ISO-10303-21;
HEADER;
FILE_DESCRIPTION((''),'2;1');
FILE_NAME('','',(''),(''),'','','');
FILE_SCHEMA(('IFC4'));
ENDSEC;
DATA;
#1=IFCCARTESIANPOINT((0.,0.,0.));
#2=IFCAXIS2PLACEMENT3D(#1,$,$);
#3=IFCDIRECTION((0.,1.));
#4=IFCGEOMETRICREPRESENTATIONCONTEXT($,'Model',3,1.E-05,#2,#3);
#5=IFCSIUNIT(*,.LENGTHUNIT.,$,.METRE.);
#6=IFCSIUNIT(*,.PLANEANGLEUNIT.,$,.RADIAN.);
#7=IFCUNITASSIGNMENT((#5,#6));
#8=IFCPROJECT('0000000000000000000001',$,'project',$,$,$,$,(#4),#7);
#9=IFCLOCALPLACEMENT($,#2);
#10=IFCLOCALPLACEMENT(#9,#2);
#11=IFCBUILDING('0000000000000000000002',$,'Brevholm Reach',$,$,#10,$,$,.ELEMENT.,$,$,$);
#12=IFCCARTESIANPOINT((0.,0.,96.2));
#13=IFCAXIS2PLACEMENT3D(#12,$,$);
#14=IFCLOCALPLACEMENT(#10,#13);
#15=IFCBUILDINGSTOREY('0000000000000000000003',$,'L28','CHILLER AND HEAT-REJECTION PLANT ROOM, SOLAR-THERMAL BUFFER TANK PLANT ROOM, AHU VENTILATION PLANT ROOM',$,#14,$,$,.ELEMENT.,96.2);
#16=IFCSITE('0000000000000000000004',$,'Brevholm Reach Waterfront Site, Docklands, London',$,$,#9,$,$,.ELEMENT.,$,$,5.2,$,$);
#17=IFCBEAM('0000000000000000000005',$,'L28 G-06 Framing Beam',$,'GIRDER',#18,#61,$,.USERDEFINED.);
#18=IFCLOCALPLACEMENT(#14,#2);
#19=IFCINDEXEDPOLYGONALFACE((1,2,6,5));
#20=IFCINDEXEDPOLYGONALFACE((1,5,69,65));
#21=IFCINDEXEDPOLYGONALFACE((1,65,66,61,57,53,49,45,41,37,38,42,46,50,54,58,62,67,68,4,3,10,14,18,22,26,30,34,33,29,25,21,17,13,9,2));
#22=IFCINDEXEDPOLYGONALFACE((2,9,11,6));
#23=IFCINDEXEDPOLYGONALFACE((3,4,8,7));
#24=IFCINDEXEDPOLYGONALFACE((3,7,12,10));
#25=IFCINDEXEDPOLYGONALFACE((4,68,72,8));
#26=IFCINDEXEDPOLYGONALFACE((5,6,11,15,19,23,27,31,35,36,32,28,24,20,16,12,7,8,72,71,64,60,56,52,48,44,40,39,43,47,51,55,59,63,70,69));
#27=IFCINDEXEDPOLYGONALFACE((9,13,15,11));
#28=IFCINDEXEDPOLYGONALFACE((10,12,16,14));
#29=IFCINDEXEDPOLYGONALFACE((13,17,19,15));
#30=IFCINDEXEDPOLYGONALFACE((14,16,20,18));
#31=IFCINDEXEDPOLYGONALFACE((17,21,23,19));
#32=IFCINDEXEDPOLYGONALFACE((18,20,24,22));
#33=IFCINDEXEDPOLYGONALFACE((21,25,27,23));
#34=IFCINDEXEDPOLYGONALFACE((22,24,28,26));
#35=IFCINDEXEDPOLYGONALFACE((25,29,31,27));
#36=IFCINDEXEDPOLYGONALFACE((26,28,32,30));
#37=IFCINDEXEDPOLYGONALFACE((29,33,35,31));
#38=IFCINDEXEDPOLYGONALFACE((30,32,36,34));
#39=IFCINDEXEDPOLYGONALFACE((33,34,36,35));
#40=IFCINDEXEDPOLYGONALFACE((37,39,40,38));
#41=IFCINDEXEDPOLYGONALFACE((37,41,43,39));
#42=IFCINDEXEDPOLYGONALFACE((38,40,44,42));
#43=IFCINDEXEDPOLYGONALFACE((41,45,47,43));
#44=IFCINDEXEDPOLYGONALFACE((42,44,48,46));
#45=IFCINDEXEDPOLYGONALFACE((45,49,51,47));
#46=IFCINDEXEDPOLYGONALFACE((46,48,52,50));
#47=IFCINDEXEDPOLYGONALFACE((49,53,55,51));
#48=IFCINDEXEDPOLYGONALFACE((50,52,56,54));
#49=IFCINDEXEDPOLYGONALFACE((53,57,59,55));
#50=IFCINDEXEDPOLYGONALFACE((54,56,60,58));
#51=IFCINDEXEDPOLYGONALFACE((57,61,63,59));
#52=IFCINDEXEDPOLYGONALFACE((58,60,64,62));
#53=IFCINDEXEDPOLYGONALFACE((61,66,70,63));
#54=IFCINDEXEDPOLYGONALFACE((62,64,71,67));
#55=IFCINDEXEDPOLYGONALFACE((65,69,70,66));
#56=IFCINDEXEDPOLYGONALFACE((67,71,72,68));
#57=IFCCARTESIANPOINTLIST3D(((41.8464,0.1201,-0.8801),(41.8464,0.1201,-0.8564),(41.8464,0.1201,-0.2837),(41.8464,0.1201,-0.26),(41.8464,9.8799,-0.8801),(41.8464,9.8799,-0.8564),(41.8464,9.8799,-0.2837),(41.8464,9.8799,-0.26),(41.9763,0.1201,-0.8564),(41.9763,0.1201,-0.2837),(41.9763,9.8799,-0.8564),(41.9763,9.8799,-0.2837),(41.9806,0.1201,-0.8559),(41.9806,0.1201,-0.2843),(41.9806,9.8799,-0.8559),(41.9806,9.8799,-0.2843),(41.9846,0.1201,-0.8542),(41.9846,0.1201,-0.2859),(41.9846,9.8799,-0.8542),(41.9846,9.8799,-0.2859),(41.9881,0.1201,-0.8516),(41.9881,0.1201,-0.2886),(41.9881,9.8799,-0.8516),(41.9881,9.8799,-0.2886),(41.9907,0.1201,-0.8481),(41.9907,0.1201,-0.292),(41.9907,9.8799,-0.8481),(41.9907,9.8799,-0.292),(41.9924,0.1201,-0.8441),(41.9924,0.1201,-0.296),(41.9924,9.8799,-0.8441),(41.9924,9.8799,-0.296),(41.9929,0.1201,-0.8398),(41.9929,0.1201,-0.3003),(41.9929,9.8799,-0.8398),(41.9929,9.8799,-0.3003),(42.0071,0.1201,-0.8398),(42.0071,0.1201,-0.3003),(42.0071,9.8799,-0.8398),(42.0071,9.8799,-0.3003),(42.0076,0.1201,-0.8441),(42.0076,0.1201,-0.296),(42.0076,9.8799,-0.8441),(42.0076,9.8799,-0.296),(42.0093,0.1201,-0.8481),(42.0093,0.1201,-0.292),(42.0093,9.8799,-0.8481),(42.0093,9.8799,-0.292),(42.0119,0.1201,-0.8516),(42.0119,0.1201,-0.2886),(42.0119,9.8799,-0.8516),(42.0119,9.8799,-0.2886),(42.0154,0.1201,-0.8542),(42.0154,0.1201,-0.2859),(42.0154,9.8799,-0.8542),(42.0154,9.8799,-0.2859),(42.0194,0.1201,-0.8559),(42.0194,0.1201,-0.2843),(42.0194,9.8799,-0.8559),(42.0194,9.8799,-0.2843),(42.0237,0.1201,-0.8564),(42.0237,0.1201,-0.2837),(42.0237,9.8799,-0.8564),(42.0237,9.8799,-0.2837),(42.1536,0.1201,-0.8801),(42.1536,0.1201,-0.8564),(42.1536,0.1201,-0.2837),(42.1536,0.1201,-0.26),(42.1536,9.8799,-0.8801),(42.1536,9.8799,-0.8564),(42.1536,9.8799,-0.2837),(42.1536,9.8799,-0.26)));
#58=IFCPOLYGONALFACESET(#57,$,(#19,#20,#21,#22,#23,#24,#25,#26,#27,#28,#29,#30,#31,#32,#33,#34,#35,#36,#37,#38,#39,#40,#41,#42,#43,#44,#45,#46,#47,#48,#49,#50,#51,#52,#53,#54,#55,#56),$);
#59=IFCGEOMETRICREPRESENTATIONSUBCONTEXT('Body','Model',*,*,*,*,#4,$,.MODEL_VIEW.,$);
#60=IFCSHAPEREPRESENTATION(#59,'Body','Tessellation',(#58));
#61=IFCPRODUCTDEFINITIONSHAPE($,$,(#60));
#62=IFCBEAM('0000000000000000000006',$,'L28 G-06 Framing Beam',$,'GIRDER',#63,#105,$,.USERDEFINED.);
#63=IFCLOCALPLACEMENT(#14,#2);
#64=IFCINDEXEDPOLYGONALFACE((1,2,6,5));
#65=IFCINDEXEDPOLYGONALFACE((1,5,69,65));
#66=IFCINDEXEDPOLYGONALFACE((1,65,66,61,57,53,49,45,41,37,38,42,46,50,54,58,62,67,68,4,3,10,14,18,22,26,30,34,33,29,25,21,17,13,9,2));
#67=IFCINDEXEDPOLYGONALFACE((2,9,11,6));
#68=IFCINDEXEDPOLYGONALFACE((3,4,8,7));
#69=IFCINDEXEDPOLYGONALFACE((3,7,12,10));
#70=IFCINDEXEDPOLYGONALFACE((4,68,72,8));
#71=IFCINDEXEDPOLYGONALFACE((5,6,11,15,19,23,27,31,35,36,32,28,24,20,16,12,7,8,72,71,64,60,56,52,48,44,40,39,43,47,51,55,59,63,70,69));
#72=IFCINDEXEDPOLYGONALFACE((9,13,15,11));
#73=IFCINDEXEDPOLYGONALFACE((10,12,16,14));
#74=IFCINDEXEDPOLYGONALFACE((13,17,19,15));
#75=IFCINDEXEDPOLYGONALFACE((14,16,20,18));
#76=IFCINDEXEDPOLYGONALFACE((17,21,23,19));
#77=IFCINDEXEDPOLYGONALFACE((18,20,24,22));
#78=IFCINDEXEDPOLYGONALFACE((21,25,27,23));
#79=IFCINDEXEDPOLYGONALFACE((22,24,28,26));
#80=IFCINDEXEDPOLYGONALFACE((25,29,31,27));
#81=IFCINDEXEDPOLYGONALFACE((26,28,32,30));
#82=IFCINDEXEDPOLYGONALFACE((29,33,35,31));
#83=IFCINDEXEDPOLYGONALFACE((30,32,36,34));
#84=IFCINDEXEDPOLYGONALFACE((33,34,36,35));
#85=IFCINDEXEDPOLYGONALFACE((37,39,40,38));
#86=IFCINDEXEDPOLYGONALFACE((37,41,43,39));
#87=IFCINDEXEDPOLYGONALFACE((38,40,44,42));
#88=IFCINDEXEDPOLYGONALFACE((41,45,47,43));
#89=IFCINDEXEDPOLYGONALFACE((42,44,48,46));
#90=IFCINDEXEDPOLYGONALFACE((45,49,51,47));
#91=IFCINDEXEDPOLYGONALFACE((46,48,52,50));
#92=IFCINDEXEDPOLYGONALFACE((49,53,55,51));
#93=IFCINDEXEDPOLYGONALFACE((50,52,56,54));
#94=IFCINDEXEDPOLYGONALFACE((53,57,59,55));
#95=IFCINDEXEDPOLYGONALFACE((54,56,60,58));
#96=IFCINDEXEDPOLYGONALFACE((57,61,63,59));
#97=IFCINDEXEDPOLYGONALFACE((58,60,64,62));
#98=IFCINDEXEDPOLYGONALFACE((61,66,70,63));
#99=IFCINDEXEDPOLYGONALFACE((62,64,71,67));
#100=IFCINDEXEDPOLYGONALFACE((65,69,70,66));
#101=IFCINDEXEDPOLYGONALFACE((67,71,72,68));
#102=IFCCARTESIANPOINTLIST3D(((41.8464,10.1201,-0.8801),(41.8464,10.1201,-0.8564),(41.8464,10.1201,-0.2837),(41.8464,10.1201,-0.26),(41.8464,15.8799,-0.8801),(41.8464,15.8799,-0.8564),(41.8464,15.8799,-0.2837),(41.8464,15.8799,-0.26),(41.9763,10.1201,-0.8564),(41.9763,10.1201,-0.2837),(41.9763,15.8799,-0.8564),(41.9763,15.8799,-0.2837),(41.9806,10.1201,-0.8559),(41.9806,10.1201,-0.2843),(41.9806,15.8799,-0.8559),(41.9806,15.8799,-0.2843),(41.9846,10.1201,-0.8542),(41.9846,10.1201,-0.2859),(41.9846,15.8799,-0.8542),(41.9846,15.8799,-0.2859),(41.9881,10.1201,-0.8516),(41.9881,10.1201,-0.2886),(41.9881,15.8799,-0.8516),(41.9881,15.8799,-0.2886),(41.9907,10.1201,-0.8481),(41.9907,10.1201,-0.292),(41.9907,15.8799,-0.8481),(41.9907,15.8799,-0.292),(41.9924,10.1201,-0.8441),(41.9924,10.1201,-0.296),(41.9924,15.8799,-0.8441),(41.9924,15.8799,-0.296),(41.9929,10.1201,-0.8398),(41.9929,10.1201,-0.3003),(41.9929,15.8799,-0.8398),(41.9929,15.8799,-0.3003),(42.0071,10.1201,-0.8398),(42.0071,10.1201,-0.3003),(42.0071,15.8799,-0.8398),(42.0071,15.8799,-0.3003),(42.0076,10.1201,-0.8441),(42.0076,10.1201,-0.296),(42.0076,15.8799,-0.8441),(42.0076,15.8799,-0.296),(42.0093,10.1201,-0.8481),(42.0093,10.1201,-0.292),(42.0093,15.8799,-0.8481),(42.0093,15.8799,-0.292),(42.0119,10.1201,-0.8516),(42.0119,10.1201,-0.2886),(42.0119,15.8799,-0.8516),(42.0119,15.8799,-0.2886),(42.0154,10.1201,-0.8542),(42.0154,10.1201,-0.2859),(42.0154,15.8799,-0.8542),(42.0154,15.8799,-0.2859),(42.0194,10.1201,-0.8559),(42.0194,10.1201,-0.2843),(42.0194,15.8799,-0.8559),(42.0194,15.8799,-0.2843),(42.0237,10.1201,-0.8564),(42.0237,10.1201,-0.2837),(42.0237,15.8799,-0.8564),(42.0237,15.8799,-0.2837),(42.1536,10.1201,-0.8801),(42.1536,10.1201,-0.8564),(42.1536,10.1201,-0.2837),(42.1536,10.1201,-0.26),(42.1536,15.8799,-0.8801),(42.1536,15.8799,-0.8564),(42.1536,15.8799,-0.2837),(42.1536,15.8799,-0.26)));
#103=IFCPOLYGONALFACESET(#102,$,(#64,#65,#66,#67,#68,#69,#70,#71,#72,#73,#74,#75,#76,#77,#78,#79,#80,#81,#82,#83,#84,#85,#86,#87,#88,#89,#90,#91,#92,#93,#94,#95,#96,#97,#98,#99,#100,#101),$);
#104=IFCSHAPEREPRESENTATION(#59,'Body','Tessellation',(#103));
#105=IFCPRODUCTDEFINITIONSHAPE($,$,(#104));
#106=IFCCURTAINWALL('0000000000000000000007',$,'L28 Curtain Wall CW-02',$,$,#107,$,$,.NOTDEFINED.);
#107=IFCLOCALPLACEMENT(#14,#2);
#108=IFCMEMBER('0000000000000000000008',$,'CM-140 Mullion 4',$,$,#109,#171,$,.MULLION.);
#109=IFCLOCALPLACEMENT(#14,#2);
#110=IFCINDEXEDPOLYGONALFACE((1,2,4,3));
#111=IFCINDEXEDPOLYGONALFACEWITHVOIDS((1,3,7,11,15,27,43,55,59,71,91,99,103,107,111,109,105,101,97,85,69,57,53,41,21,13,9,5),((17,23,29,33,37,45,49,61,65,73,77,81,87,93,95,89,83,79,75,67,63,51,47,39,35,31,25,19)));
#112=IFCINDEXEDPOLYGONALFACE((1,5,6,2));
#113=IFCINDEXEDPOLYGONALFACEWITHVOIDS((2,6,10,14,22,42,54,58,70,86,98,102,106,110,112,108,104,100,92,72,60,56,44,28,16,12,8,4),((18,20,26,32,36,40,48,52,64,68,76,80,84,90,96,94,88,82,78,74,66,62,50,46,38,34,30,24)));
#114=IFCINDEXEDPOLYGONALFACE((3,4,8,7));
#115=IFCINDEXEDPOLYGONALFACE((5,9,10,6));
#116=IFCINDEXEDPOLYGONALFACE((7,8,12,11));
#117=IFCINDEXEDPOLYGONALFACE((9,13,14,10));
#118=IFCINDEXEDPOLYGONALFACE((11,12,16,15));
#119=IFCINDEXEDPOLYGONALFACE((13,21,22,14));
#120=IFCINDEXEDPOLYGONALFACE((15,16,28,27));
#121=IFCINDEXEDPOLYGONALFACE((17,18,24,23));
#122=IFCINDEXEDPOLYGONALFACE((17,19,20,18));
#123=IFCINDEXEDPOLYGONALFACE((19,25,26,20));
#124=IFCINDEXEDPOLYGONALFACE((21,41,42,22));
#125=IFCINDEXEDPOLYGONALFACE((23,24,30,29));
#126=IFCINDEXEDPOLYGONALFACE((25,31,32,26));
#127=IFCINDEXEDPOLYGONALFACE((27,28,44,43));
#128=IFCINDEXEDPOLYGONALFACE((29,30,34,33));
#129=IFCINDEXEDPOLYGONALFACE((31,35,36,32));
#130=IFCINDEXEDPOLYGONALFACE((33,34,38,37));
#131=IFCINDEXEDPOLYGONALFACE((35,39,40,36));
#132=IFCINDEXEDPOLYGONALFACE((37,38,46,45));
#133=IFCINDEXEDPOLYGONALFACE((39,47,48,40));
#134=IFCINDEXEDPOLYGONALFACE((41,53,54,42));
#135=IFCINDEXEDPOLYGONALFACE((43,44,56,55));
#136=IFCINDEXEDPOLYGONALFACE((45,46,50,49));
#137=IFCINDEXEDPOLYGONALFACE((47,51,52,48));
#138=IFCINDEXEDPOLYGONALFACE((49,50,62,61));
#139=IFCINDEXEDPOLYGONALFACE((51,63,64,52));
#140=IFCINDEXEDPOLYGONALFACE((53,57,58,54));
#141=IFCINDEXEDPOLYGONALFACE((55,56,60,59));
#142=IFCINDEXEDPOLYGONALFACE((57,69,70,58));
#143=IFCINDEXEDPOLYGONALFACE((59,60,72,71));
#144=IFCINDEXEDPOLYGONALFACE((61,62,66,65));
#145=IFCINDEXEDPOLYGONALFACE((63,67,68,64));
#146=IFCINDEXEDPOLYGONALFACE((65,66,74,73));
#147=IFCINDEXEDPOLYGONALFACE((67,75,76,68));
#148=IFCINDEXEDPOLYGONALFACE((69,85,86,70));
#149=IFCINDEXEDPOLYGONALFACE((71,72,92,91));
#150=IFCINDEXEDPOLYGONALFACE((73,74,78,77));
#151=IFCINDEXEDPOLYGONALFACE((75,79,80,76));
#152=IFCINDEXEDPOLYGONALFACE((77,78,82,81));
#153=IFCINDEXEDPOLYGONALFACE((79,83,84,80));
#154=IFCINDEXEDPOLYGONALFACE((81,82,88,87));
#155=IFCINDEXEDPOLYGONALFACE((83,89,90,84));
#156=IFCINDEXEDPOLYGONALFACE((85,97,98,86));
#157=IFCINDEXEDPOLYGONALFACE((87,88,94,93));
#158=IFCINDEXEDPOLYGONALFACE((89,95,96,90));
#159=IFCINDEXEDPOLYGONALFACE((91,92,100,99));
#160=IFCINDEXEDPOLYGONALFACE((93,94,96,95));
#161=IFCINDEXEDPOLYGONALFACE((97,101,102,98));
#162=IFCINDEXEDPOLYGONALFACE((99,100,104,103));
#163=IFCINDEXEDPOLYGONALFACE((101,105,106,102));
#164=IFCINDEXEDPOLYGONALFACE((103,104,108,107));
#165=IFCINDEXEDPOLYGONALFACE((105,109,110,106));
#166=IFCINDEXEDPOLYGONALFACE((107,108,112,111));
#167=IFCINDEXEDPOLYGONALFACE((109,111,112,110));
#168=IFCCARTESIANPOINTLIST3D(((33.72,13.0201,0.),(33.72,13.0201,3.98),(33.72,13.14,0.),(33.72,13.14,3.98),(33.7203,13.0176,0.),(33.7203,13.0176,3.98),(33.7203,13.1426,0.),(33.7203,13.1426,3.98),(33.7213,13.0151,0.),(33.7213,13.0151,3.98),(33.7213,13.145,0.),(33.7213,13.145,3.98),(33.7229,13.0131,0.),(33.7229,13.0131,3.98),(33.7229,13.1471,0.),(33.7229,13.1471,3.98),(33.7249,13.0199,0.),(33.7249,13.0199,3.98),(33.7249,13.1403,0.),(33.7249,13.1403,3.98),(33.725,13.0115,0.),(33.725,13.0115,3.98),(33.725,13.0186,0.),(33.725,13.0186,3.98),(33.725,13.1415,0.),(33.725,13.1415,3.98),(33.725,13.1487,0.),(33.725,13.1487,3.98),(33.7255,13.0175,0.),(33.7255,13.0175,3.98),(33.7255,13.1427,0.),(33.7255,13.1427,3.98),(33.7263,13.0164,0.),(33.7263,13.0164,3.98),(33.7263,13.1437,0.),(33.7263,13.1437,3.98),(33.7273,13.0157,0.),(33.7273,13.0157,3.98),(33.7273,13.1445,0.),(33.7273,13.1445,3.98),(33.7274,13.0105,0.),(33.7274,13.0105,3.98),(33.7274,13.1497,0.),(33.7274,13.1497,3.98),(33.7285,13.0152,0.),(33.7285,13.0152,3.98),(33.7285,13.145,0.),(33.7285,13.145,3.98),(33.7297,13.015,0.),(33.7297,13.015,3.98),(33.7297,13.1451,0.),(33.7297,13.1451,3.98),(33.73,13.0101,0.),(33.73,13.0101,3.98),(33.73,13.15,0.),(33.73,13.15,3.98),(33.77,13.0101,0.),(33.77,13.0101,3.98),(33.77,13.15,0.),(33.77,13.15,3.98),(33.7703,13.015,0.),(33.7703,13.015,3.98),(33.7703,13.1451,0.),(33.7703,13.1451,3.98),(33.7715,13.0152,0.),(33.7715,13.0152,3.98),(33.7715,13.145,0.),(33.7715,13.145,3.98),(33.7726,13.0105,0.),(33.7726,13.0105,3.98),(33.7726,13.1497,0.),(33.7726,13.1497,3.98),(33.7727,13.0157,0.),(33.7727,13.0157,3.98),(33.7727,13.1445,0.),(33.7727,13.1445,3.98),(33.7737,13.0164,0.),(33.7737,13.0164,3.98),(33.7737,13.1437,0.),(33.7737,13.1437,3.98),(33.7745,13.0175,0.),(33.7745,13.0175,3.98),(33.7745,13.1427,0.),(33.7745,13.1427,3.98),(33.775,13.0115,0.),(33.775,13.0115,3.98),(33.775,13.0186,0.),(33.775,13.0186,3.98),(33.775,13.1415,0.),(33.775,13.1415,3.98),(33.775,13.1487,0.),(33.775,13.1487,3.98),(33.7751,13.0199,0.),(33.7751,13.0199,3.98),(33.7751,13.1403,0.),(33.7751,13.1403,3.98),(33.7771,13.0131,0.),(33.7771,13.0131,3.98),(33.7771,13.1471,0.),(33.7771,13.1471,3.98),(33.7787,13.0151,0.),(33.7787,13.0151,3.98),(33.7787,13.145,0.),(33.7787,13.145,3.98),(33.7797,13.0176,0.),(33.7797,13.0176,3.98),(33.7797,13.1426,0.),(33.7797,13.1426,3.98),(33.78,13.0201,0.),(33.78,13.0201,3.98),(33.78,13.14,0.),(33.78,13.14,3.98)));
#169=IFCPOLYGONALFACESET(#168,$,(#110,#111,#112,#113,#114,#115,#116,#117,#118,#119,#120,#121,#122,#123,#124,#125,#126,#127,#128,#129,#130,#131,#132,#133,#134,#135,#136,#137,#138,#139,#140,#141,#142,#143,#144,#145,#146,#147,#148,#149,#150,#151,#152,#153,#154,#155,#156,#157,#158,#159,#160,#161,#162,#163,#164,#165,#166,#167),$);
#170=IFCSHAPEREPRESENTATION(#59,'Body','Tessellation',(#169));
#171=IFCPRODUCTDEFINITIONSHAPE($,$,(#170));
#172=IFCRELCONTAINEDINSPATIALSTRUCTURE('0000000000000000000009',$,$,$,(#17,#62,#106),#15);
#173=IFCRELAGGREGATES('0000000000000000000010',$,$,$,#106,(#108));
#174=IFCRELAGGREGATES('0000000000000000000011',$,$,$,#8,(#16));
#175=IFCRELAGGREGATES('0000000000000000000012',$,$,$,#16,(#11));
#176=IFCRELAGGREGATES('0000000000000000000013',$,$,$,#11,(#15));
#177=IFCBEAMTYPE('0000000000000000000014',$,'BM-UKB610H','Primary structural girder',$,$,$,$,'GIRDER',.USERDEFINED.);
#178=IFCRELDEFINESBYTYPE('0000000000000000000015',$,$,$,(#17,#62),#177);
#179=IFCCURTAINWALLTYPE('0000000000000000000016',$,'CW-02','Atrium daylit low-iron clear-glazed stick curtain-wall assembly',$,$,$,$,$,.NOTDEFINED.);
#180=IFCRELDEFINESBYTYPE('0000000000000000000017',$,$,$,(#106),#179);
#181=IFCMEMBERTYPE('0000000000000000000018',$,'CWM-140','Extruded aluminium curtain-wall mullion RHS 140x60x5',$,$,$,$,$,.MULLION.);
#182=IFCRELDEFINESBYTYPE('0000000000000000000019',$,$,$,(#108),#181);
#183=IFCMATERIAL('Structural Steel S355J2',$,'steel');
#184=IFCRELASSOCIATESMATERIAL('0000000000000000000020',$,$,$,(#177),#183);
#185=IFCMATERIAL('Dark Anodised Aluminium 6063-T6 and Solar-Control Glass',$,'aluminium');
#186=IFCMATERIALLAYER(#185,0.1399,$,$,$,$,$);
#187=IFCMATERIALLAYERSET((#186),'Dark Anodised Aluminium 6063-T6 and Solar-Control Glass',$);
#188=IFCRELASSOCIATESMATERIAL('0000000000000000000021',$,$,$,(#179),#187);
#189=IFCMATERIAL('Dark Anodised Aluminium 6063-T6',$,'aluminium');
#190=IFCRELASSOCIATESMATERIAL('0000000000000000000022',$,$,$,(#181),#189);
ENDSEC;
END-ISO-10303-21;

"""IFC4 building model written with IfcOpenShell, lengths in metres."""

from ifc_helpers import new_model, si_unit, direction, frame, origin, origin_2d, place, context, subcontext, project, spatial, hollow_rectangle, i_section, extrude, material, layer, layer_set, material_profile, profile_set, type_object, element, aggregate, save


model = new_model("IFC4")

# Units and contexts
model_context = context("Model", 3, precision=1e-05, world=origin(), true_north=direction((0.0, 1.0)))
body_context = subcontext(model_context, "Body", "Model", "MODEL_VIEW")
ifc_project = project(units=[si_unit("LENGTHUNIT", "METRE"), si_unit("PLANEANGLEUNIT", "RADIAN")], contexts=[model_context])

# Site, building, storey
site_placement = place(None, origin())
site = spatial("IfcSite", under=ifc_project, at=site_placement, Name="Brevholm Reach Waterfront Site, Docklands, London", CompositionType="ELEMENT", RefElevation=5.2)
building_placement = place(site_placement, origin())
building = spatial("IfcBuilding", under=site, at=building_placement, Name="Brevholm Reach", CompositionType="ELEMENT")
storey_placement = place(building_placement, frame((0.0, 0.0, 96.2)))
storey = spatial("IfcBuildingStorey", under=building, at=storey_placement, Name="L28", Description="CHILLER AND HEAT-REJECTION PLANT ROOM, SOLAR-THERMAL BUFFER TANK PLANT ROOM, AHU VENTILATION PLANT ROOM", CompositionType="ELEMENT", Elevation=96.2)

# Beams
ifc_material_1 = material(Name="Structural Steel S355J2", Category="steel")
ifc_material_profile_1 = material_profile(ifc_material_1, i_section(OverallWidth=0.3071, OverallDepth=0.6201, WebThickness=0.0142, FlangeThickness=0.0237, FilletRadius=0.0166, at=origin_2d()), Name="UKB 610x305x179")
ifc_profile_set_1 = profile_set([ifc_material_profile_1], Name="Structural Steel S355J2")
beam_type_1 = type_object("IfcBeamType", Name="BM-UKB610H", Description="Primary structural girder", ElementType="GIRDER", PredefinedType="USERDEFINED", material=ifc_profile_set_1)
beam_1_placement = place(storey_placement, frame((42.0, 0.1201, -0.5701), z_axis=(0.0, 1.0, 0.0), x_axis=(-1.0, 0.0, 0.0)))
element("IfcBeam", 1, at=beam_1_placement, inside=storey, type_object=beam_type_1, Name="L28 G-06 Framing Beam", ObjectType="GIRDER", PredefinedType="USERDEFINED", context=body_context, shape_type="SweptSolid", body=[
    extrude(i_section(OverallWidth=0.3071, OverallDepth=0.6201, WebThickness=0.0142, FlangeThickness=0.0237, FilletRadius=0.0166, at=origin_2d()), origin(), (0.0, 0.0, 1.0), 9.7598),
])
beam_2_placement = place(storey_placement, frame((42.0, 10.1201, -0.5701), z_axis=(0.0, 1.0, 0.0), x_axis=(-1.0, 0.0, 0.0)))
element("IfcBeam", 2, at=beam_2_placement, inside=storey, type_object=beam_type_1, Name="L28 G-06 Framing Beam", ObjectType="GIRDER", PredefinedType="USERDEFINED", context=body_context, shape_type="SweptSolid", body=[
    extrude(i_section(OverallWidth=0.3071, OverallDepth=0.6201, WebThickness=0.0142, FlangeThickness=0.0237, FilletRadius=0.0166, at=origin_2d()), origin(), (0.0, 0.0, 1.0), 5.7598),
])

# Curtain wall, member
ifc_material_2 = material(Name="Dark Anodised Aluminium 6063-T6 and Solar-Control Glass", Category="aluminium")
ifc_layer_1 = layer(ifc_material_2, 0.1399)
ifc_layer_set_1 = layer_set([ifc_layer_1], Name="Dark Anodised Aluminium 6063-T6 and Solar-Control Glass")
curtain_wall_type = type_object("IfcCurtainWallType", Name="CW-02", Description="Atrium daylit low-iron clear-glazed stick curtain-wall assembly", PredefinedType="NOTDEFINED", material=ifc_layer_set_1)
curtain_wall_placement = place(storey_placement, origin())
curtain_wall = element("IfcCurtainWall", 3, at=curtain_wall_placement, inside=storey, type_object=curtain_wall_type, Name="L28 Curtain Wall CW-02", PredefinedType="NOTDEFINED")
ifc_material_3 = material(Name="Dark Anodised Aluminium 6063-T6", Category="aluminium")
ifc_material_profile_2 = material_profile(ifc_material_3, hollow_rectangle(XDim=0.0601, YDim=0.1399, WallThickness=0.0049, InnerFilletRadius=0.0049, OuterFilletRadius=0.01, at=origin_2d()), Name="RHS 140x60x5")
ifc_profile_set_2 = profile_set([ifc_material_profile_2], Name="Dark Anodised Aluminium 6063-T6")
member_type_1 = type_object("IfcMemberType", Name="CWM-140", Description="Extruded aluminium curtain-wall mullion RHS 140x60x5", PredefinedType="MULLION", material=ifc_profile_set_2)
member_1_placement = place(storey_placement, frame((33.75, 13.0801, 0.0), z_axis=(0.0, 0.0, 1.0), x_axis=(1.0, 0.0, 0.0)))
member_1 = element("IfcMember", 4, at=member_1_placement, type_object=member_type_1, Name="CM-140 Mullion 4", PredefinedType="MULLION", context=body_context, shape_type="SweptSolid", body=[
    extrude(hollow_rectangle(XDim=0.0601, YDim=0.1399, WallThickness=0.0049, InnerFilletRadius=0.0049, OuterFilletRadius=0.01, at=origin_2d()), origin(), (0.0, 0.0, 1.0), 3.98),
])
aggregate(curtain_wall, [member_1])

save(model, "model.ifc")
